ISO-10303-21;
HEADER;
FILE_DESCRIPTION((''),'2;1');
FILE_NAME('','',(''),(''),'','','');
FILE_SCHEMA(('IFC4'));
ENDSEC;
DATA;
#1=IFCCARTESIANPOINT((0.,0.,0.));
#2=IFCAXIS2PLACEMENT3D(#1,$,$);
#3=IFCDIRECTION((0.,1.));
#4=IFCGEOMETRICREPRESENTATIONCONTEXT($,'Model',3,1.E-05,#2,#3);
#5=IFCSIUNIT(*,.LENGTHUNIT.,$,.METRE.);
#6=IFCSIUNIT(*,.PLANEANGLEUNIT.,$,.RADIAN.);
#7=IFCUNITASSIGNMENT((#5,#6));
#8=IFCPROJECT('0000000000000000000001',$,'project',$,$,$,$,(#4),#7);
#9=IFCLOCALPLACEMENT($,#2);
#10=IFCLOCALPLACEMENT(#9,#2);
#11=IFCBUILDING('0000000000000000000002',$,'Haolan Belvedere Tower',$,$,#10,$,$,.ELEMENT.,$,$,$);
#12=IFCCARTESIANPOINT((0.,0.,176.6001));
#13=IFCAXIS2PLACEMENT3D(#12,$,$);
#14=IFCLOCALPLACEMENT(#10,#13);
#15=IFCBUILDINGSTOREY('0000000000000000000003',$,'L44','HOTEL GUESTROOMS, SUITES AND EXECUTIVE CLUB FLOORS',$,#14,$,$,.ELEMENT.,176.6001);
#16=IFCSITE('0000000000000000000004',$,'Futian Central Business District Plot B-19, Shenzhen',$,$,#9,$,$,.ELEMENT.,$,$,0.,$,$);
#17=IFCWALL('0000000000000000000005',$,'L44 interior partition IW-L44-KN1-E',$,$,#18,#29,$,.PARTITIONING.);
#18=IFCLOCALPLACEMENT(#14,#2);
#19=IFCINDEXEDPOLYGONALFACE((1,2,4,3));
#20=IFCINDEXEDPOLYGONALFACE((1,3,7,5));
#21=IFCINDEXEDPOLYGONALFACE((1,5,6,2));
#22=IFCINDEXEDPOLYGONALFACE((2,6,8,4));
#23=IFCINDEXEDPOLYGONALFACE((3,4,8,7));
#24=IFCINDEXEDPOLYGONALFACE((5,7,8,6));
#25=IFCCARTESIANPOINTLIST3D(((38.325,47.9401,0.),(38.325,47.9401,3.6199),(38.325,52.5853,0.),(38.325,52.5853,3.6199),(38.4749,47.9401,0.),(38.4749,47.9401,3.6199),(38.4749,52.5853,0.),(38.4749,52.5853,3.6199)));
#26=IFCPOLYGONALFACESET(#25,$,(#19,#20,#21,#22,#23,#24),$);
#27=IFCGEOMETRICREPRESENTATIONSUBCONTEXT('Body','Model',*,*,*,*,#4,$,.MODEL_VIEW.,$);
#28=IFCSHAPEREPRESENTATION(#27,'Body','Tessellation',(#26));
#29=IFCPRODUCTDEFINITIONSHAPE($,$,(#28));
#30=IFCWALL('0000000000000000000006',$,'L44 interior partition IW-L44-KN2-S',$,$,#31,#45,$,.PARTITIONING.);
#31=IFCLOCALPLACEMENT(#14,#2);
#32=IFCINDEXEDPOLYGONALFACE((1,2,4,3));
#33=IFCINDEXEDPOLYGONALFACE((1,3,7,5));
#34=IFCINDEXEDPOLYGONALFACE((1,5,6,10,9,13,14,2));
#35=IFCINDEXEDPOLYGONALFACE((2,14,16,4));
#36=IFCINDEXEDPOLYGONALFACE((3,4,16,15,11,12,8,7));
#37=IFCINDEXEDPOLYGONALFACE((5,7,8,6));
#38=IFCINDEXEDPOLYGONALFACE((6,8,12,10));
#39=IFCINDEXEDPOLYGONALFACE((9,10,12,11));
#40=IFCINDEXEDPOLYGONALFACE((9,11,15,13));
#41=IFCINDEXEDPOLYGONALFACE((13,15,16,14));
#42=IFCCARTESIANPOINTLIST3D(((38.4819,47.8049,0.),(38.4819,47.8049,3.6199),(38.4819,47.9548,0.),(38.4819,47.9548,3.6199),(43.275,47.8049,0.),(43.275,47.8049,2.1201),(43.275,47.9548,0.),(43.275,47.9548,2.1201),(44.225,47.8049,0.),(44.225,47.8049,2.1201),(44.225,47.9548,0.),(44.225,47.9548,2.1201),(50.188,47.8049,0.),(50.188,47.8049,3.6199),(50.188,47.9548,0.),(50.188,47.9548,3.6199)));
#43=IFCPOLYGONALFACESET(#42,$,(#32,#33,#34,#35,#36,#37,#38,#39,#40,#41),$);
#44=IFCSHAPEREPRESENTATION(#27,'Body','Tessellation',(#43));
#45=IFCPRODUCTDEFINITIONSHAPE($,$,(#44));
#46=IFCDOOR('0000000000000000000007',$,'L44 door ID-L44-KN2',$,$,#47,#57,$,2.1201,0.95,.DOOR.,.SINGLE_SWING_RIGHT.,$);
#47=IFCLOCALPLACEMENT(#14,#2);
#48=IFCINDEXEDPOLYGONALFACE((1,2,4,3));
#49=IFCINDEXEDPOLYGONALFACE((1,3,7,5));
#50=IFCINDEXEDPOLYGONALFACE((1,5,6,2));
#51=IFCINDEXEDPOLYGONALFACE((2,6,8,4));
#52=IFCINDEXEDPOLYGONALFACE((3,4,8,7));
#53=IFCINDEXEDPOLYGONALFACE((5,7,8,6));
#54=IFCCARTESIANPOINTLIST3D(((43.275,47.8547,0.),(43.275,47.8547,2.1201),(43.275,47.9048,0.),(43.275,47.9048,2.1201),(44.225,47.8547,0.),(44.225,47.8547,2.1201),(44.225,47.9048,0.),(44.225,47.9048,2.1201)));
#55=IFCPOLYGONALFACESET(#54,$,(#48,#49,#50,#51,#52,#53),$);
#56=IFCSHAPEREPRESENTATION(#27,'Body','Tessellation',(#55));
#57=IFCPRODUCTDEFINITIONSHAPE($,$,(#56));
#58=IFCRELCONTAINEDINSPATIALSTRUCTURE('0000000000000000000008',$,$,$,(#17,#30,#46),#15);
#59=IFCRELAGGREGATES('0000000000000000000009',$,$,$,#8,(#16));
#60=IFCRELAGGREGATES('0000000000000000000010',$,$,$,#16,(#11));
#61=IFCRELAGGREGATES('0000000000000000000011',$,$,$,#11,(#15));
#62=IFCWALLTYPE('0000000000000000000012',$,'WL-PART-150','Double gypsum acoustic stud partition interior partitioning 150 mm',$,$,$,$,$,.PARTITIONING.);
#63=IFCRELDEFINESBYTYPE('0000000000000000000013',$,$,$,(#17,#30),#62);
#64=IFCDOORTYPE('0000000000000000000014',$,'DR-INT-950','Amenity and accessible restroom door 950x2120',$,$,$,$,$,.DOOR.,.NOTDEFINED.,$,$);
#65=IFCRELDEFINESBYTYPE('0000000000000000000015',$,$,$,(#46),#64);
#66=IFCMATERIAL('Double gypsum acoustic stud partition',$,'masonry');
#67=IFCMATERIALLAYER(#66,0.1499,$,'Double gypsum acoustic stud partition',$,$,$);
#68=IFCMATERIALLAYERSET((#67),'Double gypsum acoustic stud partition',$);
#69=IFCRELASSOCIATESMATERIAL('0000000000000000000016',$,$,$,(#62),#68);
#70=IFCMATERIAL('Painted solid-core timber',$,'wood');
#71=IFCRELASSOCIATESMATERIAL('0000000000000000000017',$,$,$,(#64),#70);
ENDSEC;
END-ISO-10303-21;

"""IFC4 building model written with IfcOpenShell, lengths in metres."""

from ifc_helpers import new_model, si_unit, direction, frame, frame_2d, origin, place, context, subcontext, project, spatial, rectangle, extrude, material, layer, layer_set, type_object, element, fill, save


model = new_model("IFC4")

# Units and contexts
model_context = context("Model", 3, precision=1e-05, world=origin(), true_north=direction((0.0, 1.0)))
body_context = subcontext(model_context, "Body", "Model", "MODEL_VIEW")
ifc_project = project(units=[si_unit("LENGTHUNIT", "METRE"), si_unit("PLANEANGLEUNIT", "RADIAN")], contexts=[model_context])

# Site, building, storey
site_placement = place(None, origin())
site = spatial("IfcSite", under=ifc_project, at=site_placement, Name="Futian Central Business District Plot B-19, Shenzhen", CompositionType="ELEMENT", RefElevation=0.0)
building_placement = place(site_placement, origin())
building = spatial("IfcBuilding", under=site, at=building_placement, Name="Haolan Belvedere Tower", CompositionType="ELEMENT")
storey_placement = place(building_placement, frame((0.0, 0.0, 176.6001)))
storey = spatial("IfcBuildingStorey", under=building, at=storey_placement, Name="L44", Description="HOTEL GUESTROOMS, SUITES AND EXECUTIVE CLUB FLOORS", CompositionType="ELEMENT", Elevation=176.6001)

# Wall
ifc_material_1 = material(Name="Double gypsum acoustic stud partition", Category="masonry")
ifc_layer_1 = layer(ifc_material_1, 0.1499, Name="Double gypsum acoustic stud partition")
ifc_layer_set_1 = layer_set([ifc_layer_1], Name="Double gypsum acoustic stud partition")
wall_type_1 = type_object("IfcWallType", Name="WL-PART-150", Description="Double gypsum acoustic stud partition interior partitioning 150 mm", PredefinedType="PARTITIONING", material=ifc_layer_set_1)
wall_1_placement = place(storey_placement, frame((38.3999, 47.9399, 0.0), z_axis=(0.0, 0.0, 1.0), x_axis=(0.0, 1.0, 0.0)))
element("IfcWall", 1, at=wall_1_placement, inside=storey, type_object=wall_type_1, Name="L44 interior partition IW-L44-KN1-E", PredefinedType="PARTITIONING", context=body_context, shape_type="SweptSolid", body=[
    extrude(rectangle(XDim=4.6453, YDim=0.1499, at=frame_2d((2.3228, 0.0))), origin(), (0.0, 0.0, 1.0), 3.6199),
])

# Wall, opening, door
wall_2_placement = place(storey_placement, frame((38.4819, 47.8799, 0.0), z_axis=(0.0, 0.0, 1.0), x_axis=(1.0, 0.0, 0.0)))
wall_2 = element("IfcWall", 2, at=wall_2_placement, inside=storey, type_object=wall_type_1, Name="L44 interior partition IW-L44-KN2-S", PredefinedType="PARTITIONING", context=body_context, shape_type="SweptSolid", body=[
    extrude(rectangle(XDim=11.7061, YDim=0.1499, at=frame_2d((5.853, 0.0))), origin(), (0.0, 0.0, 1.0), 3.6199),
])
opening_1_placement = place(wall_2_placement, frame((4.793, 0.0, 0.0)))
opening_1 = element("IfcOpeningElement", 3, at=opening_1_placement, cuts=wall_2, PredefinedType="OPENING", context=body_context, shape_type="SweptSolid", body=[
    extrude(rectangle(XDim=0.95, YDim=2.1201, at=frame_2d((0.4751, 1.0601))), frame((0.0, 0.085, 0.0), z_axis=(0.0, -1.0, 0.0), x_axis=(1.0, 0.0, 0.0)), (0.0, 0.0, 1.0), 0.1699),
])
ifc_material_2 = material(Name="Painted solid-core timber", Category="wood")
door_type_1 = type_object("IfcDoorType", Name="DR-INT-950", Description="Amenity and accessible restroom door 950x2120", OperationType="NOTDEFINED", PredefinedType="DOOR", material=ifc_material_2)
door_1_placement = place(opening_1_placement, origin())
door_1 = element("IfcDoor", 4, at=door_1_placement, inside=storey, type_object=door_type_1, Name="L44 door ID-L44-KN2", OperationType="SINGLE_SWING_RIGHT", OverallHeight=2.1201, OverallWidth=0.95, PredefinedType="DOOR", context=body_context, shape_type="SweptSolid", body=[
    extrude(rectangle(XDim=0.95, YDim=2.1201, at=frame_2d((0.4751, 1.0601))), frame((0.0, 0.0249, 0.0), z_axis=(0.0, -1.0, 0.0), x_axis=(1.0, 0.0, 0.0)), (0.0, 0.0, 1.0), 0.05),
])
fill(opening_1, door_1)

save(model, "model.ifc")
